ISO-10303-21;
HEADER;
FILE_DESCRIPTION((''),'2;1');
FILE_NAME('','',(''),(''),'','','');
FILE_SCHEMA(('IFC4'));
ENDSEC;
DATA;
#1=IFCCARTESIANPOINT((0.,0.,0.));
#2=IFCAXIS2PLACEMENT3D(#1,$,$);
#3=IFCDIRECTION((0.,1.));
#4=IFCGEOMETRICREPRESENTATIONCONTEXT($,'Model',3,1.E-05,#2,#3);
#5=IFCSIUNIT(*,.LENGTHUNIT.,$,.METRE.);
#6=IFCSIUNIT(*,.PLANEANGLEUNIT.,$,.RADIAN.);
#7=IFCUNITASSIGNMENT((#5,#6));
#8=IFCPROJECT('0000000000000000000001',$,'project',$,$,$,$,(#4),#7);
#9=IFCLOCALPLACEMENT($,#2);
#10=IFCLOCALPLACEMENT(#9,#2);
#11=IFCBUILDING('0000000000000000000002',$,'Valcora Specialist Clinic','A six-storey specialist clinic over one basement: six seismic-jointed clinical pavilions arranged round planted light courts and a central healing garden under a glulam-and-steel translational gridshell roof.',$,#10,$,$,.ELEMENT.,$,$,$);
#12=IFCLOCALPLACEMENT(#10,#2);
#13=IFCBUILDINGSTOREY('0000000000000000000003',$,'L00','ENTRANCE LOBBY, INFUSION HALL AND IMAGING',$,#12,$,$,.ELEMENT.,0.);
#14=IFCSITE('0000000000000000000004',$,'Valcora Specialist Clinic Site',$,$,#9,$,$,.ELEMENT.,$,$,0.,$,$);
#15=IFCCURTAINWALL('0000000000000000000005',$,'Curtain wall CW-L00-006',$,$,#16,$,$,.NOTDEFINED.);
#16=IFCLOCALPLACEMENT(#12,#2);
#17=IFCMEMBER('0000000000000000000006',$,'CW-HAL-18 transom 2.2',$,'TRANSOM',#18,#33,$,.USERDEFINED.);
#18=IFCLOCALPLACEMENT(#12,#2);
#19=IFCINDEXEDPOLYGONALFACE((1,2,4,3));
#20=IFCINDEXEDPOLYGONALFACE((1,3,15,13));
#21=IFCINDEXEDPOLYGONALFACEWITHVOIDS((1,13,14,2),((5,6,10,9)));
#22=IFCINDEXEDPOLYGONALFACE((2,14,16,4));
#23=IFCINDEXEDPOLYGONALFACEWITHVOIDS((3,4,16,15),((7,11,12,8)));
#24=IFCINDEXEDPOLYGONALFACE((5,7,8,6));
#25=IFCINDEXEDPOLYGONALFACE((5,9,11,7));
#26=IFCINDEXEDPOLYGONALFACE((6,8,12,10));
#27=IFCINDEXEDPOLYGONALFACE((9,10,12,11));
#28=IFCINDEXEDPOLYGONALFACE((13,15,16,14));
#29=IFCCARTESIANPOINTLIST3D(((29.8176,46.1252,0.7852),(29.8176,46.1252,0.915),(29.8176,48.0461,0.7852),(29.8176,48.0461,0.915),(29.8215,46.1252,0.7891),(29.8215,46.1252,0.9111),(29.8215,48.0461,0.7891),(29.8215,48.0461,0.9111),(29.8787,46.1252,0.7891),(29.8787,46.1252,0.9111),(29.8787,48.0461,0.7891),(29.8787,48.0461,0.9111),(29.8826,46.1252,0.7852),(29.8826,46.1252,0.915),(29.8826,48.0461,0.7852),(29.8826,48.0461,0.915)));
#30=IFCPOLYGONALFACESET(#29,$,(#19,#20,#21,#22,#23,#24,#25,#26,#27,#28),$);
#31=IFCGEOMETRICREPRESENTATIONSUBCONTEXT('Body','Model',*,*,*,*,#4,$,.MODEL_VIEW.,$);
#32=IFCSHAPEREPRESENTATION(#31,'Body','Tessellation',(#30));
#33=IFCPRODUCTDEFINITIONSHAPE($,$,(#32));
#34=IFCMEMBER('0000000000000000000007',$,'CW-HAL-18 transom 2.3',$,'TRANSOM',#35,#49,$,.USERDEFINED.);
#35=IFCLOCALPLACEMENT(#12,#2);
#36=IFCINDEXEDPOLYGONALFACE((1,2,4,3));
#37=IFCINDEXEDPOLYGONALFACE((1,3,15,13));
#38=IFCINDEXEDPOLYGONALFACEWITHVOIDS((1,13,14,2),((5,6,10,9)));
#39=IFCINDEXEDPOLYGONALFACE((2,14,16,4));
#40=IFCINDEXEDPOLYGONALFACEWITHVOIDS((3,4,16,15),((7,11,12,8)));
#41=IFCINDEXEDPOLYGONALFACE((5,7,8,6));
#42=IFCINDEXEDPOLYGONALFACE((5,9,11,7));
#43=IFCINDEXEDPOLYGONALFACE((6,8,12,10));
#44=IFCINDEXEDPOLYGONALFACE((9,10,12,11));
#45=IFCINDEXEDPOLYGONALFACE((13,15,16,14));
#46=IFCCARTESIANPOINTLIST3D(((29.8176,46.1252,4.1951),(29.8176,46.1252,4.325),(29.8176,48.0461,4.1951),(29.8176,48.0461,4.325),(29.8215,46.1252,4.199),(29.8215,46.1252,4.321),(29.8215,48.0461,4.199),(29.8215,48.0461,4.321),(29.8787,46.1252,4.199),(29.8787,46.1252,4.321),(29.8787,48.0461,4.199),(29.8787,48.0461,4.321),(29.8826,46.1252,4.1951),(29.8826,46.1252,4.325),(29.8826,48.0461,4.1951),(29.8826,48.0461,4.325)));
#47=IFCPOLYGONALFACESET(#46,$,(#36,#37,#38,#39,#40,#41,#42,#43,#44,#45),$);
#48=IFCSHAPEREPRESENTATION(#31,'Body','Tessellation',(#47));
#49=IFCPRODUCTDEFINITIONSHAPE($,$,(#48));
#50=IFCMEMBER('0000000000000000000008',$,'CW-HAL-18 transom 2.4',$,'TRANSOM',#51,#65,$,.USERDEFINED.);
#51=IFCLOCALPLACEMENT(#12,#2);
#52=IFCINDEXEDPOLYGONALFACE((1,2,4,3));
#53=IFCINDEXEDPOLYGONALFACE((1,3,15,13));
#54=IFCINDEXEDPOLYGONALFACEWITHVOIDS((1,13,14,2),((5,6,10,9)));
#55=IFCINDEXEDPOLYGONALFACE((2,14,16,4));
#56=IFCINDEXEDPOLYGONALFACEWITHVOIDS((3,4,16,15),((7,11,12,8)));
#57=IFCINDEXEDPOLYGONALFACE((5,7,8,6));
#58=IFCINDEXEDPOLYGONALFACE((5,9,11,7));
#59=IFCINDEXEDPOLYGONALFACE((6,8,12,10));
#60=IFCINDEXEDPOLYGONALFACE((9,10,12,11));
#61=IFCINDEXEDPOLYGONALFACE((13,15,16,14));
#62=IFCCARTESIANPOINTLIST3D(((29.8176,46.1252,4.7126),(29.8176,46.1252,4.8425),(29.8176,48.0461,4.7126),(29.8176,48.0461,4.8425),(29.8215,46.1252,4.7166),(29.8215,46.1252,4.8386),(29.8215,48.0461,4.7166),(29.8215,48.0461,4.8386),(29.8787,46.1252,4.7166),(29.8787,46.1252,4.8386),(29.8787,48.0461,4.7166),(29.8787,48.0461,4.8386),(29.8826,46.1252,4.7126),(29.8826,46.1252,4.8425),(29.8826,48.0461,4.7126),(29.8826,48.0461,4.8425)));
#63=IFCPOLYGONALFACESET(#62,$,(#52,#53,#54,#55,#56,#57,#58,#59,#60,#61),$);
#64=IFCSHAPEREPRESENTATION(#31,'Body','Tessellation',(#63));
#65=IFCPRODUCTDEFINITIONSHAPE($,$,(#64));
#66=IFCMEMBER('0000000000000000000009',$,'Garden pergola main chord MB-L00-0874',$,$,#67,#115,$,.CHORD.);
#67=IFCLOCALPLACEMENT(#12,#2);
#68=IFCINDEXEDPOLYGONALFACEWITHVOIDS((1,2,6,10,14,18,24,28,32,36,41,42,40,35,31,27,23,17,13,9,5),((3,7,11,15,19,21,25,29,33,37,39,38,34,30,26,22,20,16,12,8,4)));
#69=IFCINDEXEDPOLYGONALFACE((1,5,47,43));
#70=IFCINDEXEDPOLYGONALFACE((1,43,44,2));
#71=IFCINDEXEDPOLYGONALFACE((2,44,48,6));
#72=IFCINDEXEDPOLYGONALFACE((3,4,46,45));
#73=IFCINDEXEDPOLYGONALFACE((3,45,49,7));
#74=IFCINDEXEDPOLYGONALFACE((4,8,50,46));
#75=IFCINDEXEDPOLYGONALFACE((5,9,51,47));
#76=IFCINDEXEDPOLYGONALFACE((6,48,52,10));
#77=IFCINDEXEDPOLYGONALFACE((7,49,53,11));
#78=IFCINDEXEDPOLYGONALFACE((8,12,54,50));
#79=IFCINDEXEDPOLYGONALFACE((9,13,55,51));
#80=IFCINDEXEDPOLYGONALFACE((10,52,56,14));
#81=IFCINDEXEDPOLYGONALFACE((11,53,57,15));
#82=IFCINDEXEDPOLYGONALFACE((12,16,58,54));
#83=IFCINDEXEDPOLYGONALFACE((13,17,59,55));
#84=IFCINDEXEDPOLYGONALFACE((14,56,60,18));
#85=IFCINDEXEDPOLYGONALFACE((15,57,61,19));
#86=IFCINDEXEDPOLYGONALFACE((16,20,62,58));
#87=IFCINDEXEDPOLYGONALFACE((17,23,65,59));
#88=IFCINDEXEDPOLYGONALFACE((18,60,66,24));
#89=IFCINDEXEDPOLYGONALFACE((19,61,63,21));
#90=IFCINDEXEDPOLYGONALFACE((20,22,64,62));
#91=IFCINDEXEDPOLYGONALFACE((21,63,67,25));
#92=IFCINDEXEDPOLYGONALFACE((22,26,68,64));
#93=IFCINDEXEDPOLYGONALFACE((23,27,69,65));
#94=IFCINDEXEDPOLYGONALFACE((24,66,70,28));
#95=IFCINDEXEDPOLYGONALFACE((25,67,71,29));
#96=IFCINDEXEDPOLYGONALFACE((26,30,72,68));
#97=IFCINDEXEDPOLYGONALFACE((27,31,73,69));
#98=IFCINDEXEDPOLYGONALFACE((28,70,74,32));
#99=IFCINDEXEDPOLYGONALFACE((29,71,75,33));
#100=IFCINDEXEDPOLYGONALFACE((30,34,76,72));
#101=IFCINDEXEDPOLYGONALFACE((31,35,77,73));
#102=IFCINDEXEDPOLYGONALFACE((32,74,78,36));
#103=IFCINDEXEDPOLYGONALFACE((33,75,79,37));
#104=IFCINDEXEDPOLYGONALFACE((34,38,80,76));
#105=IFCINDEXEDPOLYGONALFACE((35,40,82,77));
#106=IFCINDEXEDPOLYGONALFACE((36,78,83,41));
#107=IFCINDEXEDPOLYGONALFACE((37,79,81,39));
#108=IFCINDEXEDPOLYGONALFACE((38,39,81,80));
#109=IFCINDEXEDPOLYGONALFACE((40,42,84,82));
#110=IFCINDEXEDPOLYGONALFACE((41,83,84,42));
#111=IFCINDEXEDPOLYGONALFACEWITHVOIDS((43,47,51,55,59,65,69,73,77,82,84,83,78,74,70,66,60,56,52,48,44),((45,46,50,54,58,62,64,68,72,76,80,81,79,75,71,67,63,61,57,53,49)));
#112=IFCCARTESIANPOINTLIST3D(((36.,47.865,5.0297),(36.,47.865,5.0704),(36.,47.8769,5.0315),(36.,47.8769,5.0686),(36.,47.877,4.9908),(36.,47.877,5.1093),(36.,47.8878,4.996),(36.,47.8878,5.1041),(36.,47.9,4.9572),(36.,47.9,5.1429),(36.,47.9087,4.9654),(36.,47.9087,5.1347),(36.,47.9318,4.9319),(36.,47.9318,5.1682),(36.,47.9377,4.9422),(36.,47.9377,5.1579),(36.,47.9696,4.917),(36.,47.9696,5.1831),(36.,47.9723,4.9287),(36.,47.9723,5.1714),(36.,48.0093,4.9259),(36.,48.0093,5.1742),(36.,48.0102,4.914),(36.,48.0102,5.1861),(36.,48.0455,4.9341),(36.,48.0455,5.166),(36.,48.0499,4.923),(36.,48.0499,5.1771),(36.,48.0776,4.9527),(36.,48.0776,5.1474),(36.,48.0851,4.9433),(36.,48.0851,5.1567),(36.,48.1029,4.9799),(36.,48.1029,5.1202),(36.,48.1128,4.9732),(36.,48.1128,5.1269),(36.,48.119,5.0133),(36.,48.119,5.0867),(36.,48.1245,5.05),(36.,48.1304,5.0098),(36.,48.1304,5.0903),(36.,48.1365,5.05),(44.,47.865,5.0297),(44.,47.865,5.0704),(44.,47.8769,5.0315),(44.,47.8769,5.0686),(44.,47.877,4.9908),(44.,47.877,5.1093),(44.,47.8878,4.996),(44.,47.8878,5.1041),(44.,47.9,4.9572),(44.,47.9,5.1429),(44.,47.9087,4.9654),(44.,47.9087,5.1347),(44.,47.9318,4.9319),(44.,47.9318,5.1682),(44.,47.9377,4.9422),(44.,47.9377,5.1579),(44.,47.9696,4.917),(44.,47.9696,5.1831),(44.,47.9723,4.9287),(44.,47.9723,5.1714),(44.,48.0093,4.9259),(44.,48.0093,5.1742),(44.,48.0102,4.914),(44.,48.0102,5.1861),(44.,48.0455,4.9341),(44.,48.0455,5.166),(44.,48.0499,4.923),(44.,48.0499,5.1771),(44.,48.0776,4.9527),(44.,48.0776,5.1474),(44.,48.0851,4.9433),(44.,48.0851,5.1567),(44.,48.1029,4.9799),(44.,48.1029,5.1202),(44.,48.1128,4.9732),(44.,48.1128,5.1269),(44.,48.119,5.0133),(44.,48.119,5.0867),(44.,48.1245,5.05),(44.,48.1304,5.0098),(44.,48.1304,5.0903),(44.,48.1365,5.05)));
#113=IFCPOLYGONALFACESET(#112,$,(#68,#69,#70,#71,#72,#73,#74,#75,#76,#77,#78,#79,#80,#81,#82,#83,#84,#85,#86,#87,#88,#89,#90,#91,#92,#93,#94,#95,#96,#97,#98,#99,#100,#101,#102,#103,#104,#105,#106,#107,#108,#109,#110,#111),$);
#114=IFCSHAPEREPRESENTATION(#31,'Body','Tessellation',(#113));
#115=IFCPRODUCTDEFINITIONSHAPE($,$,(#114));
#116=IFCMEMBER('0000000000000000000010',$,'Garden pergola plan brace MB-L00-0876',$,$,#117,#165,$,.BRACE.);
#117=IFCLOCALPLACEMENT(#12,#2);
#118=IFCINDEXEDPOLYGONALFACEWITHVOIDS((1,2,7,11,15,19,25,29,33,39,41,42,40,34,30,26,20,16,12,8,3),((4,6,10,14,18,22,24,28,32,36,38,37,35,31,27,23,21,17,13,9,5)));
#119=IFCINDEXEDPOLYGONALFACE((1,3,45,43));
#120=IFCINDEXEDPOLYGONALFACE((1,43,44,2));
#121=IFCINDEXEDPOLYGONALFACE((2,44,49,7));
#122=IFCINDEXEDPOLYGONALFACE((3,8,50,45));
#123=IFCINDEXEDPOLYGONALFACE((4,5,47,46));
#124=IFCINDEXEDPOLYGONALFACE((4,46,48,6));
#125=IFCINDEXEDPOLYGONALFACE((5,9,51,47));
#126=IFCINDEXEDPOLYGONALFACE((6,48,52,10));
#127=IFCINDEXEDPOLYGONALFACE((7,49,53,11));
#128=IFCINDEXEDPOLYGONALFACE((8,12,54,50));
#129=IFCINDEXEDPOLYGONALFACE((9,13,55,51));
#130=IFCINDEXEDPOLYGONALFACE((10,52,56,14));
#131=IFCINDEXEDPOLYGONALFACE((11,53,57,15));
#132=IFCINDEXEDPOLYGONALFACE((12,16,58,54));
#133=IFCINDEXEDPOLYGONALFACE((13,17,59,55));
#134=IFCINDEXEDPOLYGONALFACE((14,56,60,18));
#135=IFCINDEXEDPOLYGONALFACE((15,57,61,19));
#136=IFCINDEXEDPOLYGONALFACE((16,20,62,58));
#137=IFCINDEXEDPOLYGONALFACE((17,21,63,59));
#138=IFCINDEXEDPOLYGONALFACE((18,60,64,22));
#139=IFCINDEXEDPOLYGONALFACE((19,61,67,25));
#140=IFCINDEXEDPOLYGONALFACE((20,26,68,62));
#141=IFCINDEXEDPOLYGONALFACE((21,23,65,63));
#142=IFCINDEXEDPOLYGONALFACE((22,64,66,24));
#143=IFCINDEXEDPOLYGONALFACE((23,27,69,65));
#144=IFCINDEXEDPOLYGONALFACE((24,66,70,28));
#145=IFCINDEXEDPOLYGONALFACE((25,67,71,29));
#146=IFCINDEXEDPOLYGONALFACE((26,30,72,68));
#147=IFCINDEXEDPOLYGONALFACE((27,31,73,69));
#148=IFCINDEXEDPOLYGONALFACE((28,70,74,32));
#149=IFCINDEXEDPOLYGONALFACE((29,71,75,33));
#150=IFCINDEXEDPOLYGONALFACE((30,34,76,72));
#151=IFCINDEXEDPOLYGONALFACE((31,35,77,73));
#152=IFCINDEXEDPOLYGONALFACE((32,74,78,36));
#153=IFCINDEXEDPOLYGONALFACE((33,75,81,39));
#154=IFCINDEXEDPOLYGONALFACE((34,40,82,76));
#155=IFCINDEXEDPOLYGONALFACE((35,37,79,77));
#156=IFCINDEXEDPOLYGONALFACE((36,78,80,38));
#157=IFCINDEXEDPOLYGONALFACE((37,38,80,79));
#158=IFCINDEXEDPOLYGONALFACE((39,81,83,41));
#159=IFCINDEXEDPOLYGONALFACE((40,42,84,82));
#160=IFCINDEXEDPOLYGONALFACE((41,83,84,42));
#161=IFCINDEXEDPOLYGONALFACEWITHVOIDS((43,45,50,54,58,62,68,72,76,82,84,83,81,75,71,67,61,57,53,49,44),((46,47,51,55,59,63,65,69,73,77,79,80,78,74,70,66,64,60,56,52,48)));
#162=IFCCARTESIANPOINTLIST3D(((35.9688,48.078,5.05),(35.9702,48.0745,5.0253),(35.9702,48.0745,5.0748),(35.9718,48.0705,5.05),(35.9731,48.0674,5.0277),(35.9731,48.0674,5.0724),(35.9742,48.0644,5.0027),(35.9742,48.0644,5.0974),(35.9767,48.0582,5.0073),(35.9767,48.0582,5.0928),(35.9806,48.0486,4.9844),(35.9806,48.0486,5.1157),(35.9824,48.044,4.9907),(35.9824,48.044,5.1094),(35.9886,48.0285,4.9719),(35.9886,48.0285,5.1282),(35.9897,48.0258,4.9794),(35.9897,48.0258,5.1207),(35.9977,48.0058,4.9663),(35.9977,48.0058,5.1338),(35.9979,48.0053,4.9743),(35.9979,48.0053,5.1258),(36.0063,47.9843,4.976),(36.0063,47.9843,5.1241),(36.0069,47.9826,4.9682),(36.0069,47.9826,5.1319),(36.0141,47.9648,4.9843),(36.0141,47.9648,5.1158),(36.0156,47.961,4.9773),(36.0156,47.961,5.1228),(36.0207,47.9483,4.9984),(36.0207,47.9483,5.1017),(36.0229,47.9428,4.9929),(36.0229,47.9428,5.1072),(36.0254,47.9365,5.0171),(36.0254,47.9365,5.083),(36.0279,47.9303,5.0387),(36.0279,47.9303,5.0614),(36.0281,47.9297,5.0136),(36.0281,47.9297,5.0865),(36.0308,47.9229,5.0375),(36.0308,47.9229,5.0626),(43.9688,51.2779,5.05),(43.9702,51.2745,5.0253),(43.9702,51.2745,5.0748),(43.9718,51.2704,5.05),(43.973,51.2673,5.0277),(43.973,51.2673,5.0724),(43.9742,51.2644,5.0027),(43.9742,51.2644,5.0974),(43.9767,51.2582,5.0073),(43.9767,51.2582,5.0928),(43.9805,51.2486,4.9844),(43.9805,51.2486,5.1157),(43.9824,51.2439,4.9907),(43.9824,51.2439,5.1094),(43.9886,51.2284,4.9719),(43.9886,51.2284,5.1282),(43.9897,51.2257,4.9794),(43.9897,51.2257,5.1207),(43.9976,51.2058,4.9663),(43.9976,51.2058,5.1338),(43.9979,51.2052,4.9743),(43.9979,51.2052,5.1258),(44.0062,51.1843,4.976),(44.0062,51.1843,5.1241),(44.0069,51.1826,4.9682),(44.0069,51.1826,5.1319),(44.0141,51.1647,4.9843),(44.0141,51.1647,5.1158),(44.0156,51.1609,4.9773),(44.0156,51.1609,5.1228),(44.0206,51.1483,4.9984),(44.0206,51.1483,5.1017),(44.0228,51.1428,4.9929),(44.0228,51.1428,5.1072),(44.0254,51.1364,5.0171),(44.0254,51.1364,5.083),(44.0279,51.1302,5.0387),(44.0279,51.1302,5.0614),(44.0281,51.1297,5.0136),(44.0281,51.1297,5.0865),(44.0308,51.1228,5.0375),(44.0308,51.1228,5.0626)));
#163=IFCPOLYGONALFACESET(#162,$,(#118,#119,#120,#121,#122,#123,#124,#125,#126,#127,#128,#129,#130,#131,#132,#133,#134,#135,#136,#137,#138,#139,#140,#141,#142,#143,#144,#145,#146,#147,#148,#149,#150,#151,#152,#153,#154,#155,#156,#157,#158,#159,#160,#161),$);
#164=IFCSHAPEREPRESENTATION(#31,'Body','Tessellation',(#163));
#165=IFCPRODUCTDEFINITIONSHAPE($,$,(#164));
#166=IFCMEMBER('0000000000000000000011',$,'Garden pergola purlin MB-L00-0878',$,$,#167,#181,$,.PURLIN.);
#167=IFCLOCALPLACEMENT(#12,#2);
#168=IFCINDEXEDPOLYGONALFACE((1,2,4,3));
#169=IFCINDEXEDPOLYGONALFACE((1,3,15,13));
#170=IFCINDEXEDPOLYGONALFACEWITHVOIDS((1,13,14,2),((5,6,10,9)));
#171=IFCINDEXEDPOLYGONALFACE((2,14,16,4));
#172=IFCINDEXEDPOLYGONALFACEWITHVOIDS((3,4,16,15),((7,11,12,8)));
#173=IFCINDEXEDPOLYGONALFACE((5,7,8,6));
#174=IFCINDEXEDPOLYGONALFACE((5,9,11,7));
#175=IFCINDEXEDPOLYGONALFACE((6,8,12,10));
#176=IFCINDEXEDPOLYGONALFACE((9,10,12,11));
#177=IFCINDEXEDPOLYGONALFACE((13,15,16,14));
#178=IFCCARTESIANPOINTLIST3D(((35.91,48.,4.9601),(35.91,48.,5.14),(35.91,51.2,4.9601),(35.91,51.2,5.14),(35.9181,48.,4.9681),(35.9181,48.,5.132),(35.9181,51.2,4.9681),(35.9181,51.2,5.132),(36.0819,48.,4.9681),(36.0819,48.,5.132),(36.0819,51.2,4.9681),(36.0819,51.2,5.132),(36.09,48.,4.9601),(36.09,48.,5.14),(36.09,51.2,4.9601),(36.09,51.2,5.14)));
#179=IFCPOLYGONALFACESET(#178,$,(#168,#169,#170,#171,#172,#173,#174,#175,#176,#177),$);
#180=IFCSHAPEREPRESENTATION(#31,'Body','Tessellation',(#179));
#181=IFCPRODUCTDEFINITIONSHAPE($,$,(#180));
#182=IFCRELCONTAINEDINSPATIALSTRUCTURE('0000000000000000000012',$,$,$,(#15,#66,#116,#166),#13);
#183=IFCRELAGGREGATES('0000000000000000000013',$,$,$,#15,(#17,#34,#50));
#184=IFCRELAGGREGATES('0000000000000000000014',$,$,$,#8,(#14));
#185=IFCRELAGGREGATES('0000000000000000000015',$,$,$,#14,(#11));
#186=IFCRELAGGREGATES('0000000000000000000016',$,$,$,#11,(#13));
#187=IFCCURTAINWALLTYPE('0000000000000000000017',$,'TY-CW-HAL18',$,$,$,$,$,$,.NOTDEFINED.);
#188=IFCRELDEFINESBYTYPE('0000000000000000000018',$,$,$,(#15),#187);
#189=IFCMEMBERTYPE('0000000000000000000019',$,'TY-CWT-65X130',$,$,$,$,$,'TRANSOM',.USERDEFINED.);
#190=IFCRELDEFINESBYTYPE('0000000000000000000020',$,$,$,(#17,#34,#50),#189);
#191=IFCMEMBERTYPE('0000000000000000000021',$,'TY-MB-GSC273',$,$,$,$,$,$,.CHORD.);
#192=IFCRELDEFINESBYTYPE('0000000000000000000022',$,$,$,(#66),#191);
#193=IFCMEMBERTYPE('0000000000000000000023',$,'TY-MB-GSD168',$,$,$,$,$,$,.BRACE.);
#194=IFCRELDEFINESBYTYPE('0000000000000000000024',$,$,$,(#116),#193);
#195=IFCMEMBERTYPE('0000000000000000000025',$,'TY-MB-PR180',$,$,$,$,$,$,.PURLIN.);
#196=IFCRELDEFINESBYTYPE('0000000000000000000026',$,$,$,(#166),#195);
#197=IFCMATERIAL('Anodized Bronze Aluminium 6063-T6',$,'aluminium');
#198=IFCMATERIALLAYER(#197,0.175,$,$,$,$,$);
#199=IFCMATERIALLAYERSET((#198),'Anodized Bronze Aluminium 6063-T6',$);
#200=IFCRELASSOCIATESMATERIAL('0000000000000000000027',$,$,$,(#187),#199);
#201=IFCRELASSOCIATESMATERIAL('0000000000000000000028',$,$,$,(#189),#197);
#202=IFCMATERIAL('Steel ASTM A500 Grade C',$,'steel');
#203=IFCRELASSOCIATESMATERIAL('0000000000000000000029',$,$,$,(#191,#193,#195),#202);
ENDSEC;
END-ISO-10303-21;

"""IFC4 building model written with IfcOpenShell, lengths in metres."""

from ifc_helpers import new_model, si_unit, direction, frame, origin, origin_2d, place, context, subcontext, project, spatial, hollow_rectangle, hollow_circle, extrude, material, layer, layer_set, material_profile, profile_set, type_object, element, aggregate, save


model = new_model("IFC4")

# Units and contexts
model_context = context("Model", 3, precision=1e-05, world=origin(), true_north=direction((0.0, 1.0)))
body_context = subcontext(model_context, "Body", "Model", "MODEL_VIEW")
ifc_project = project(units=[si_unit("LENGTHUNIT", "METRE"), si_unit("PLANEANGLEUNIT", "RADIAN")], contexts=[model_context])

# Site, building, storey
site_placement = place(None, origin())
site = spatial("IfcSite", under=ifc_project, at=site_placement, Name="Valcora Specialist Clinic Site", CompositionType="ELEMENT", RefElevation=0.0)
building_placement = place(site_placement, origin())
building = spatial("IfcBuilding", under=site, at=building_placement, Name="Valcora Specialist Clinic", Description="A six-storey specialist clinic over one basement: six seismic-jointed clinical pavilions arranged round planted light courts and a central healing garden under a glulam-and-steel translational gridshell roof.", CompositionType="ELEMENT")
storey_placement = place(building_placement, origin())
storey = spatial("IfcBuildingStorey", under=building, at=storey_placement, Name="L00", Description="ENTRANCE LOBBY, INFUSION HALL AND IMAGING", CompositionType="ELEMENT", Elevation=0.0)

# Shared definitions
ifc_material_1 = material(Name="Anodized Bronze Aluminium 6063-T6", Category="aluminium")
ifc_layer_1 = layer(ifc_material_1, 0.175)
ifc_layer_set_1 = layer_set([ifc_layer_1], Name="Anodized Bronze Aluminium 6063-T6")
curtain_wall_type = type_object("IfcCurtainWallType", Name="TY-CW-HAL18", PredefinedType="NOTDEFINED", material=ifc_layer_set_1)

# Curtain wall, members
curtain_wall_1_placement = place(storey_placement, origin())
curtain_wall_1 = element("IfcCurtainWall", 1, at=curtain_wall_1_placement, inside=storey, type_object=curtain_wall_type, Name="Curtain wall CW-L00-006", PredefinedType="NOTDEFINED")
ifc_material_profile_1 = material_profile(ifc_material_1, hollow_rectangle(XDim=0.0649, YDim=0.1299, WallThickness=0.0039, at=origin_2d()), Name="AL-TRN-65X130")
ifc_profile_set_1 = profile_set([ifc_material_profile_1], Name="Anodized Bronze Aluminium 6063-T6")
member_type_1 = type_object("IfcMemberType", Name="TY-CWT-65X130", ElementType="TRANSOM", PredefinedType="USERDEFINED", material=ifc_profile_set_1)
member_1_placement = place(storey_placement, frame((29.8501, 48.0461, 0.8501), z_axis=(0.0, -1.0, 0.0), x_axis=(1.0, 0.0, 0.0)))
member_1 = element("IfcMember", 2, at=member_1_placement, type_object=member_type_1, Name="CW-HAL-18 transom 2.2", ObjectType="TRANSOM", PredefinedType="USERDEFINED", context=body_context, shape_type="SweptSolid", body=[
    extrude(hollow_rectangle(XDim=0.0649, YDim=0.1299, WallThickness=0.0039, at=origin_2d()), origin(), (0.0, 0.0, 1.0), 1.9209),
])
member_2_placement = place(storey_placement, frame((29.8501, 48.0461, 4.26), z_axis=(0.0, -1.0, 0.0), x_axis=(1.0, 0.0, 0.0)))
member_2 = element("IfcMember", 3, at=member_2_placement, type_object=member_type_1, Name="CW-HAL-18 transom 2.3", ObjectType="TRANSOM", PredefinedType="USERDEFINED", context=body_context, shape_type="SweptSolid", body=[
    extrude(hollow_rectangle(XDim=0.0649, YDim=0.1299, WallThickness=0.0039, at=origin_2d()), origin(), (0.0, 0.0, 1.0), 1.9209),
])
member_3_placement = place(storey_placement, frame((29.8501, 48.0461, 4.7776), z_axis=(0.0, -1.0, 0.0), x_axis=(1.0, 0.0, 0.0)))
member_3 = element("IfcMember", 4, at=member_3_placement, type_object=member_type_1, Name="CW-HAL-18 transom 2.4", ObjectType="TRANSOM", PredefinedType="USERDEFINED", context=body_context, shape_type="SweptSolid", body=[
    extrude(hollow_rectangle(XDim=0.0649, YDim=0.1299, WallThickness=0.0039, at=origin_2d()), origin(), (0.0, 0.0, 1.0), 1.9209),
])

# Members
ifc_material_2 = material(Name="Steel ASTM A500 Grade C", Category="steel")
ifc_material_profile_2 = material_profile(ifc_material_2, hollow_circle(Radius=0.1365, WallThickness=0.012, at=origin_2d()), Name="ST-CHS-273X12")
ifc_profile_set_2 = profile_set([ifc_material_profile_2], Name="Steel ASTM A500 Grade C")
member_type_2 = type_object("IfcMemberType", Name="TY-MB-GSC273", PredefinedType="CHORD", material=ifc_profile_set_2)
member_4_placement = place(storey_placement, frame((36.0, 48.0, 5.05), z_axis=(1.0, 0.0, 0.0), x_axis=(0.0, 1.0, 0.0)))
element("IfcMember", 5, at=member_4_placement, inside=storey, type_object=member_type_2, Name="Garden pergola main chord MB-L00-0874", PredefinedType="CHORD", context=body_context, shape_type="SweptSolid", body=[
    extrude(hollow_circle(Radius=0.1365, WallThickness=0.012, at=origin_2d()), origin(), (0.0, 0.0, 1.0), 8.0),
])
ifc_material_profile_3 = material_profile(ifc_material_2, hollow_circle(Radius=0.084, WallThickness=0.0081, at=origin_2d()), Name="ST-CHS-168X8")
ifc_profile_set_3 = profile_set([ifc_material_profile_3], Name="Steel ASTM A500 Grade C")
member_type_3 = type_object("IfcMemberType", Name="TY-MB-GSD168", PredefinedType="BRACE", material=ifc_profile_set_3)
member_5_placement = place(storey_placement, frame((36.0, 48.0, 5.05), z_axis=(0.928479, 0.371386, 0.0), x_axis=(-0.371386, 0.928479, 0.0)))
element("IfcMember", 6, at=member_5_placement, inside=storey, type_object=member_type_3, Name="Garden pergola plan brace MB-L00-0876", PredefinedType="BRACE", context=body_context, shape_type="SweptSolid", body=[
    extrude(hollow_circle(Radius=0.084, WallThickness=0.0081, at=origin_2d()), origin(), (0.0, 0.0, 1.0), 8.6162),
])
ifc_material_profile_4 = material_profile(ifc_material_2, hollow_rectangle(XDim=0.1799, YDim=0.1799, WallThickness=0.0081, at=origin_2d()), Name="ST-RHS-180X180X8")
ifc_profile_set_4 = profile_set([ifc_material_profile_4], Name="Steel ASTM A500 Grade C")
member_type_4 = type_object("IfcMemberType", Name="TY-MB-PR180", PredefinedType="PURLIN", material=ifc_profile_set_4)
for number, where, z_axis, x_axis, name in (
    (7, (36.0, 48.0, 5.05), (0.0, 1.0, 0.0), (-1.0, 0.0, 0.0), "Garden pergola purlin MB-L00-0878"),
):
    element("IfcMember", number, at=place(storey_placement, frame(where, z_axis=z_axis, x_axis=x_axis)), inside=storey, type_object=member_type_4, Name=name, PredefinedType="PURLIN", context=body_context, shape_type="SweptSolid", body=[
        extrude(hollow_rectangle(XDim=0.1799, YDim=0.1799, WallThickness=0.0081, at=origin_2d()), origin(), (0.0, 0.0, 1.0), 3.2),
    ])

aggregate(curtain_wall_1, [member_1, member_2, member_3])

save(model, "model.ifc")
